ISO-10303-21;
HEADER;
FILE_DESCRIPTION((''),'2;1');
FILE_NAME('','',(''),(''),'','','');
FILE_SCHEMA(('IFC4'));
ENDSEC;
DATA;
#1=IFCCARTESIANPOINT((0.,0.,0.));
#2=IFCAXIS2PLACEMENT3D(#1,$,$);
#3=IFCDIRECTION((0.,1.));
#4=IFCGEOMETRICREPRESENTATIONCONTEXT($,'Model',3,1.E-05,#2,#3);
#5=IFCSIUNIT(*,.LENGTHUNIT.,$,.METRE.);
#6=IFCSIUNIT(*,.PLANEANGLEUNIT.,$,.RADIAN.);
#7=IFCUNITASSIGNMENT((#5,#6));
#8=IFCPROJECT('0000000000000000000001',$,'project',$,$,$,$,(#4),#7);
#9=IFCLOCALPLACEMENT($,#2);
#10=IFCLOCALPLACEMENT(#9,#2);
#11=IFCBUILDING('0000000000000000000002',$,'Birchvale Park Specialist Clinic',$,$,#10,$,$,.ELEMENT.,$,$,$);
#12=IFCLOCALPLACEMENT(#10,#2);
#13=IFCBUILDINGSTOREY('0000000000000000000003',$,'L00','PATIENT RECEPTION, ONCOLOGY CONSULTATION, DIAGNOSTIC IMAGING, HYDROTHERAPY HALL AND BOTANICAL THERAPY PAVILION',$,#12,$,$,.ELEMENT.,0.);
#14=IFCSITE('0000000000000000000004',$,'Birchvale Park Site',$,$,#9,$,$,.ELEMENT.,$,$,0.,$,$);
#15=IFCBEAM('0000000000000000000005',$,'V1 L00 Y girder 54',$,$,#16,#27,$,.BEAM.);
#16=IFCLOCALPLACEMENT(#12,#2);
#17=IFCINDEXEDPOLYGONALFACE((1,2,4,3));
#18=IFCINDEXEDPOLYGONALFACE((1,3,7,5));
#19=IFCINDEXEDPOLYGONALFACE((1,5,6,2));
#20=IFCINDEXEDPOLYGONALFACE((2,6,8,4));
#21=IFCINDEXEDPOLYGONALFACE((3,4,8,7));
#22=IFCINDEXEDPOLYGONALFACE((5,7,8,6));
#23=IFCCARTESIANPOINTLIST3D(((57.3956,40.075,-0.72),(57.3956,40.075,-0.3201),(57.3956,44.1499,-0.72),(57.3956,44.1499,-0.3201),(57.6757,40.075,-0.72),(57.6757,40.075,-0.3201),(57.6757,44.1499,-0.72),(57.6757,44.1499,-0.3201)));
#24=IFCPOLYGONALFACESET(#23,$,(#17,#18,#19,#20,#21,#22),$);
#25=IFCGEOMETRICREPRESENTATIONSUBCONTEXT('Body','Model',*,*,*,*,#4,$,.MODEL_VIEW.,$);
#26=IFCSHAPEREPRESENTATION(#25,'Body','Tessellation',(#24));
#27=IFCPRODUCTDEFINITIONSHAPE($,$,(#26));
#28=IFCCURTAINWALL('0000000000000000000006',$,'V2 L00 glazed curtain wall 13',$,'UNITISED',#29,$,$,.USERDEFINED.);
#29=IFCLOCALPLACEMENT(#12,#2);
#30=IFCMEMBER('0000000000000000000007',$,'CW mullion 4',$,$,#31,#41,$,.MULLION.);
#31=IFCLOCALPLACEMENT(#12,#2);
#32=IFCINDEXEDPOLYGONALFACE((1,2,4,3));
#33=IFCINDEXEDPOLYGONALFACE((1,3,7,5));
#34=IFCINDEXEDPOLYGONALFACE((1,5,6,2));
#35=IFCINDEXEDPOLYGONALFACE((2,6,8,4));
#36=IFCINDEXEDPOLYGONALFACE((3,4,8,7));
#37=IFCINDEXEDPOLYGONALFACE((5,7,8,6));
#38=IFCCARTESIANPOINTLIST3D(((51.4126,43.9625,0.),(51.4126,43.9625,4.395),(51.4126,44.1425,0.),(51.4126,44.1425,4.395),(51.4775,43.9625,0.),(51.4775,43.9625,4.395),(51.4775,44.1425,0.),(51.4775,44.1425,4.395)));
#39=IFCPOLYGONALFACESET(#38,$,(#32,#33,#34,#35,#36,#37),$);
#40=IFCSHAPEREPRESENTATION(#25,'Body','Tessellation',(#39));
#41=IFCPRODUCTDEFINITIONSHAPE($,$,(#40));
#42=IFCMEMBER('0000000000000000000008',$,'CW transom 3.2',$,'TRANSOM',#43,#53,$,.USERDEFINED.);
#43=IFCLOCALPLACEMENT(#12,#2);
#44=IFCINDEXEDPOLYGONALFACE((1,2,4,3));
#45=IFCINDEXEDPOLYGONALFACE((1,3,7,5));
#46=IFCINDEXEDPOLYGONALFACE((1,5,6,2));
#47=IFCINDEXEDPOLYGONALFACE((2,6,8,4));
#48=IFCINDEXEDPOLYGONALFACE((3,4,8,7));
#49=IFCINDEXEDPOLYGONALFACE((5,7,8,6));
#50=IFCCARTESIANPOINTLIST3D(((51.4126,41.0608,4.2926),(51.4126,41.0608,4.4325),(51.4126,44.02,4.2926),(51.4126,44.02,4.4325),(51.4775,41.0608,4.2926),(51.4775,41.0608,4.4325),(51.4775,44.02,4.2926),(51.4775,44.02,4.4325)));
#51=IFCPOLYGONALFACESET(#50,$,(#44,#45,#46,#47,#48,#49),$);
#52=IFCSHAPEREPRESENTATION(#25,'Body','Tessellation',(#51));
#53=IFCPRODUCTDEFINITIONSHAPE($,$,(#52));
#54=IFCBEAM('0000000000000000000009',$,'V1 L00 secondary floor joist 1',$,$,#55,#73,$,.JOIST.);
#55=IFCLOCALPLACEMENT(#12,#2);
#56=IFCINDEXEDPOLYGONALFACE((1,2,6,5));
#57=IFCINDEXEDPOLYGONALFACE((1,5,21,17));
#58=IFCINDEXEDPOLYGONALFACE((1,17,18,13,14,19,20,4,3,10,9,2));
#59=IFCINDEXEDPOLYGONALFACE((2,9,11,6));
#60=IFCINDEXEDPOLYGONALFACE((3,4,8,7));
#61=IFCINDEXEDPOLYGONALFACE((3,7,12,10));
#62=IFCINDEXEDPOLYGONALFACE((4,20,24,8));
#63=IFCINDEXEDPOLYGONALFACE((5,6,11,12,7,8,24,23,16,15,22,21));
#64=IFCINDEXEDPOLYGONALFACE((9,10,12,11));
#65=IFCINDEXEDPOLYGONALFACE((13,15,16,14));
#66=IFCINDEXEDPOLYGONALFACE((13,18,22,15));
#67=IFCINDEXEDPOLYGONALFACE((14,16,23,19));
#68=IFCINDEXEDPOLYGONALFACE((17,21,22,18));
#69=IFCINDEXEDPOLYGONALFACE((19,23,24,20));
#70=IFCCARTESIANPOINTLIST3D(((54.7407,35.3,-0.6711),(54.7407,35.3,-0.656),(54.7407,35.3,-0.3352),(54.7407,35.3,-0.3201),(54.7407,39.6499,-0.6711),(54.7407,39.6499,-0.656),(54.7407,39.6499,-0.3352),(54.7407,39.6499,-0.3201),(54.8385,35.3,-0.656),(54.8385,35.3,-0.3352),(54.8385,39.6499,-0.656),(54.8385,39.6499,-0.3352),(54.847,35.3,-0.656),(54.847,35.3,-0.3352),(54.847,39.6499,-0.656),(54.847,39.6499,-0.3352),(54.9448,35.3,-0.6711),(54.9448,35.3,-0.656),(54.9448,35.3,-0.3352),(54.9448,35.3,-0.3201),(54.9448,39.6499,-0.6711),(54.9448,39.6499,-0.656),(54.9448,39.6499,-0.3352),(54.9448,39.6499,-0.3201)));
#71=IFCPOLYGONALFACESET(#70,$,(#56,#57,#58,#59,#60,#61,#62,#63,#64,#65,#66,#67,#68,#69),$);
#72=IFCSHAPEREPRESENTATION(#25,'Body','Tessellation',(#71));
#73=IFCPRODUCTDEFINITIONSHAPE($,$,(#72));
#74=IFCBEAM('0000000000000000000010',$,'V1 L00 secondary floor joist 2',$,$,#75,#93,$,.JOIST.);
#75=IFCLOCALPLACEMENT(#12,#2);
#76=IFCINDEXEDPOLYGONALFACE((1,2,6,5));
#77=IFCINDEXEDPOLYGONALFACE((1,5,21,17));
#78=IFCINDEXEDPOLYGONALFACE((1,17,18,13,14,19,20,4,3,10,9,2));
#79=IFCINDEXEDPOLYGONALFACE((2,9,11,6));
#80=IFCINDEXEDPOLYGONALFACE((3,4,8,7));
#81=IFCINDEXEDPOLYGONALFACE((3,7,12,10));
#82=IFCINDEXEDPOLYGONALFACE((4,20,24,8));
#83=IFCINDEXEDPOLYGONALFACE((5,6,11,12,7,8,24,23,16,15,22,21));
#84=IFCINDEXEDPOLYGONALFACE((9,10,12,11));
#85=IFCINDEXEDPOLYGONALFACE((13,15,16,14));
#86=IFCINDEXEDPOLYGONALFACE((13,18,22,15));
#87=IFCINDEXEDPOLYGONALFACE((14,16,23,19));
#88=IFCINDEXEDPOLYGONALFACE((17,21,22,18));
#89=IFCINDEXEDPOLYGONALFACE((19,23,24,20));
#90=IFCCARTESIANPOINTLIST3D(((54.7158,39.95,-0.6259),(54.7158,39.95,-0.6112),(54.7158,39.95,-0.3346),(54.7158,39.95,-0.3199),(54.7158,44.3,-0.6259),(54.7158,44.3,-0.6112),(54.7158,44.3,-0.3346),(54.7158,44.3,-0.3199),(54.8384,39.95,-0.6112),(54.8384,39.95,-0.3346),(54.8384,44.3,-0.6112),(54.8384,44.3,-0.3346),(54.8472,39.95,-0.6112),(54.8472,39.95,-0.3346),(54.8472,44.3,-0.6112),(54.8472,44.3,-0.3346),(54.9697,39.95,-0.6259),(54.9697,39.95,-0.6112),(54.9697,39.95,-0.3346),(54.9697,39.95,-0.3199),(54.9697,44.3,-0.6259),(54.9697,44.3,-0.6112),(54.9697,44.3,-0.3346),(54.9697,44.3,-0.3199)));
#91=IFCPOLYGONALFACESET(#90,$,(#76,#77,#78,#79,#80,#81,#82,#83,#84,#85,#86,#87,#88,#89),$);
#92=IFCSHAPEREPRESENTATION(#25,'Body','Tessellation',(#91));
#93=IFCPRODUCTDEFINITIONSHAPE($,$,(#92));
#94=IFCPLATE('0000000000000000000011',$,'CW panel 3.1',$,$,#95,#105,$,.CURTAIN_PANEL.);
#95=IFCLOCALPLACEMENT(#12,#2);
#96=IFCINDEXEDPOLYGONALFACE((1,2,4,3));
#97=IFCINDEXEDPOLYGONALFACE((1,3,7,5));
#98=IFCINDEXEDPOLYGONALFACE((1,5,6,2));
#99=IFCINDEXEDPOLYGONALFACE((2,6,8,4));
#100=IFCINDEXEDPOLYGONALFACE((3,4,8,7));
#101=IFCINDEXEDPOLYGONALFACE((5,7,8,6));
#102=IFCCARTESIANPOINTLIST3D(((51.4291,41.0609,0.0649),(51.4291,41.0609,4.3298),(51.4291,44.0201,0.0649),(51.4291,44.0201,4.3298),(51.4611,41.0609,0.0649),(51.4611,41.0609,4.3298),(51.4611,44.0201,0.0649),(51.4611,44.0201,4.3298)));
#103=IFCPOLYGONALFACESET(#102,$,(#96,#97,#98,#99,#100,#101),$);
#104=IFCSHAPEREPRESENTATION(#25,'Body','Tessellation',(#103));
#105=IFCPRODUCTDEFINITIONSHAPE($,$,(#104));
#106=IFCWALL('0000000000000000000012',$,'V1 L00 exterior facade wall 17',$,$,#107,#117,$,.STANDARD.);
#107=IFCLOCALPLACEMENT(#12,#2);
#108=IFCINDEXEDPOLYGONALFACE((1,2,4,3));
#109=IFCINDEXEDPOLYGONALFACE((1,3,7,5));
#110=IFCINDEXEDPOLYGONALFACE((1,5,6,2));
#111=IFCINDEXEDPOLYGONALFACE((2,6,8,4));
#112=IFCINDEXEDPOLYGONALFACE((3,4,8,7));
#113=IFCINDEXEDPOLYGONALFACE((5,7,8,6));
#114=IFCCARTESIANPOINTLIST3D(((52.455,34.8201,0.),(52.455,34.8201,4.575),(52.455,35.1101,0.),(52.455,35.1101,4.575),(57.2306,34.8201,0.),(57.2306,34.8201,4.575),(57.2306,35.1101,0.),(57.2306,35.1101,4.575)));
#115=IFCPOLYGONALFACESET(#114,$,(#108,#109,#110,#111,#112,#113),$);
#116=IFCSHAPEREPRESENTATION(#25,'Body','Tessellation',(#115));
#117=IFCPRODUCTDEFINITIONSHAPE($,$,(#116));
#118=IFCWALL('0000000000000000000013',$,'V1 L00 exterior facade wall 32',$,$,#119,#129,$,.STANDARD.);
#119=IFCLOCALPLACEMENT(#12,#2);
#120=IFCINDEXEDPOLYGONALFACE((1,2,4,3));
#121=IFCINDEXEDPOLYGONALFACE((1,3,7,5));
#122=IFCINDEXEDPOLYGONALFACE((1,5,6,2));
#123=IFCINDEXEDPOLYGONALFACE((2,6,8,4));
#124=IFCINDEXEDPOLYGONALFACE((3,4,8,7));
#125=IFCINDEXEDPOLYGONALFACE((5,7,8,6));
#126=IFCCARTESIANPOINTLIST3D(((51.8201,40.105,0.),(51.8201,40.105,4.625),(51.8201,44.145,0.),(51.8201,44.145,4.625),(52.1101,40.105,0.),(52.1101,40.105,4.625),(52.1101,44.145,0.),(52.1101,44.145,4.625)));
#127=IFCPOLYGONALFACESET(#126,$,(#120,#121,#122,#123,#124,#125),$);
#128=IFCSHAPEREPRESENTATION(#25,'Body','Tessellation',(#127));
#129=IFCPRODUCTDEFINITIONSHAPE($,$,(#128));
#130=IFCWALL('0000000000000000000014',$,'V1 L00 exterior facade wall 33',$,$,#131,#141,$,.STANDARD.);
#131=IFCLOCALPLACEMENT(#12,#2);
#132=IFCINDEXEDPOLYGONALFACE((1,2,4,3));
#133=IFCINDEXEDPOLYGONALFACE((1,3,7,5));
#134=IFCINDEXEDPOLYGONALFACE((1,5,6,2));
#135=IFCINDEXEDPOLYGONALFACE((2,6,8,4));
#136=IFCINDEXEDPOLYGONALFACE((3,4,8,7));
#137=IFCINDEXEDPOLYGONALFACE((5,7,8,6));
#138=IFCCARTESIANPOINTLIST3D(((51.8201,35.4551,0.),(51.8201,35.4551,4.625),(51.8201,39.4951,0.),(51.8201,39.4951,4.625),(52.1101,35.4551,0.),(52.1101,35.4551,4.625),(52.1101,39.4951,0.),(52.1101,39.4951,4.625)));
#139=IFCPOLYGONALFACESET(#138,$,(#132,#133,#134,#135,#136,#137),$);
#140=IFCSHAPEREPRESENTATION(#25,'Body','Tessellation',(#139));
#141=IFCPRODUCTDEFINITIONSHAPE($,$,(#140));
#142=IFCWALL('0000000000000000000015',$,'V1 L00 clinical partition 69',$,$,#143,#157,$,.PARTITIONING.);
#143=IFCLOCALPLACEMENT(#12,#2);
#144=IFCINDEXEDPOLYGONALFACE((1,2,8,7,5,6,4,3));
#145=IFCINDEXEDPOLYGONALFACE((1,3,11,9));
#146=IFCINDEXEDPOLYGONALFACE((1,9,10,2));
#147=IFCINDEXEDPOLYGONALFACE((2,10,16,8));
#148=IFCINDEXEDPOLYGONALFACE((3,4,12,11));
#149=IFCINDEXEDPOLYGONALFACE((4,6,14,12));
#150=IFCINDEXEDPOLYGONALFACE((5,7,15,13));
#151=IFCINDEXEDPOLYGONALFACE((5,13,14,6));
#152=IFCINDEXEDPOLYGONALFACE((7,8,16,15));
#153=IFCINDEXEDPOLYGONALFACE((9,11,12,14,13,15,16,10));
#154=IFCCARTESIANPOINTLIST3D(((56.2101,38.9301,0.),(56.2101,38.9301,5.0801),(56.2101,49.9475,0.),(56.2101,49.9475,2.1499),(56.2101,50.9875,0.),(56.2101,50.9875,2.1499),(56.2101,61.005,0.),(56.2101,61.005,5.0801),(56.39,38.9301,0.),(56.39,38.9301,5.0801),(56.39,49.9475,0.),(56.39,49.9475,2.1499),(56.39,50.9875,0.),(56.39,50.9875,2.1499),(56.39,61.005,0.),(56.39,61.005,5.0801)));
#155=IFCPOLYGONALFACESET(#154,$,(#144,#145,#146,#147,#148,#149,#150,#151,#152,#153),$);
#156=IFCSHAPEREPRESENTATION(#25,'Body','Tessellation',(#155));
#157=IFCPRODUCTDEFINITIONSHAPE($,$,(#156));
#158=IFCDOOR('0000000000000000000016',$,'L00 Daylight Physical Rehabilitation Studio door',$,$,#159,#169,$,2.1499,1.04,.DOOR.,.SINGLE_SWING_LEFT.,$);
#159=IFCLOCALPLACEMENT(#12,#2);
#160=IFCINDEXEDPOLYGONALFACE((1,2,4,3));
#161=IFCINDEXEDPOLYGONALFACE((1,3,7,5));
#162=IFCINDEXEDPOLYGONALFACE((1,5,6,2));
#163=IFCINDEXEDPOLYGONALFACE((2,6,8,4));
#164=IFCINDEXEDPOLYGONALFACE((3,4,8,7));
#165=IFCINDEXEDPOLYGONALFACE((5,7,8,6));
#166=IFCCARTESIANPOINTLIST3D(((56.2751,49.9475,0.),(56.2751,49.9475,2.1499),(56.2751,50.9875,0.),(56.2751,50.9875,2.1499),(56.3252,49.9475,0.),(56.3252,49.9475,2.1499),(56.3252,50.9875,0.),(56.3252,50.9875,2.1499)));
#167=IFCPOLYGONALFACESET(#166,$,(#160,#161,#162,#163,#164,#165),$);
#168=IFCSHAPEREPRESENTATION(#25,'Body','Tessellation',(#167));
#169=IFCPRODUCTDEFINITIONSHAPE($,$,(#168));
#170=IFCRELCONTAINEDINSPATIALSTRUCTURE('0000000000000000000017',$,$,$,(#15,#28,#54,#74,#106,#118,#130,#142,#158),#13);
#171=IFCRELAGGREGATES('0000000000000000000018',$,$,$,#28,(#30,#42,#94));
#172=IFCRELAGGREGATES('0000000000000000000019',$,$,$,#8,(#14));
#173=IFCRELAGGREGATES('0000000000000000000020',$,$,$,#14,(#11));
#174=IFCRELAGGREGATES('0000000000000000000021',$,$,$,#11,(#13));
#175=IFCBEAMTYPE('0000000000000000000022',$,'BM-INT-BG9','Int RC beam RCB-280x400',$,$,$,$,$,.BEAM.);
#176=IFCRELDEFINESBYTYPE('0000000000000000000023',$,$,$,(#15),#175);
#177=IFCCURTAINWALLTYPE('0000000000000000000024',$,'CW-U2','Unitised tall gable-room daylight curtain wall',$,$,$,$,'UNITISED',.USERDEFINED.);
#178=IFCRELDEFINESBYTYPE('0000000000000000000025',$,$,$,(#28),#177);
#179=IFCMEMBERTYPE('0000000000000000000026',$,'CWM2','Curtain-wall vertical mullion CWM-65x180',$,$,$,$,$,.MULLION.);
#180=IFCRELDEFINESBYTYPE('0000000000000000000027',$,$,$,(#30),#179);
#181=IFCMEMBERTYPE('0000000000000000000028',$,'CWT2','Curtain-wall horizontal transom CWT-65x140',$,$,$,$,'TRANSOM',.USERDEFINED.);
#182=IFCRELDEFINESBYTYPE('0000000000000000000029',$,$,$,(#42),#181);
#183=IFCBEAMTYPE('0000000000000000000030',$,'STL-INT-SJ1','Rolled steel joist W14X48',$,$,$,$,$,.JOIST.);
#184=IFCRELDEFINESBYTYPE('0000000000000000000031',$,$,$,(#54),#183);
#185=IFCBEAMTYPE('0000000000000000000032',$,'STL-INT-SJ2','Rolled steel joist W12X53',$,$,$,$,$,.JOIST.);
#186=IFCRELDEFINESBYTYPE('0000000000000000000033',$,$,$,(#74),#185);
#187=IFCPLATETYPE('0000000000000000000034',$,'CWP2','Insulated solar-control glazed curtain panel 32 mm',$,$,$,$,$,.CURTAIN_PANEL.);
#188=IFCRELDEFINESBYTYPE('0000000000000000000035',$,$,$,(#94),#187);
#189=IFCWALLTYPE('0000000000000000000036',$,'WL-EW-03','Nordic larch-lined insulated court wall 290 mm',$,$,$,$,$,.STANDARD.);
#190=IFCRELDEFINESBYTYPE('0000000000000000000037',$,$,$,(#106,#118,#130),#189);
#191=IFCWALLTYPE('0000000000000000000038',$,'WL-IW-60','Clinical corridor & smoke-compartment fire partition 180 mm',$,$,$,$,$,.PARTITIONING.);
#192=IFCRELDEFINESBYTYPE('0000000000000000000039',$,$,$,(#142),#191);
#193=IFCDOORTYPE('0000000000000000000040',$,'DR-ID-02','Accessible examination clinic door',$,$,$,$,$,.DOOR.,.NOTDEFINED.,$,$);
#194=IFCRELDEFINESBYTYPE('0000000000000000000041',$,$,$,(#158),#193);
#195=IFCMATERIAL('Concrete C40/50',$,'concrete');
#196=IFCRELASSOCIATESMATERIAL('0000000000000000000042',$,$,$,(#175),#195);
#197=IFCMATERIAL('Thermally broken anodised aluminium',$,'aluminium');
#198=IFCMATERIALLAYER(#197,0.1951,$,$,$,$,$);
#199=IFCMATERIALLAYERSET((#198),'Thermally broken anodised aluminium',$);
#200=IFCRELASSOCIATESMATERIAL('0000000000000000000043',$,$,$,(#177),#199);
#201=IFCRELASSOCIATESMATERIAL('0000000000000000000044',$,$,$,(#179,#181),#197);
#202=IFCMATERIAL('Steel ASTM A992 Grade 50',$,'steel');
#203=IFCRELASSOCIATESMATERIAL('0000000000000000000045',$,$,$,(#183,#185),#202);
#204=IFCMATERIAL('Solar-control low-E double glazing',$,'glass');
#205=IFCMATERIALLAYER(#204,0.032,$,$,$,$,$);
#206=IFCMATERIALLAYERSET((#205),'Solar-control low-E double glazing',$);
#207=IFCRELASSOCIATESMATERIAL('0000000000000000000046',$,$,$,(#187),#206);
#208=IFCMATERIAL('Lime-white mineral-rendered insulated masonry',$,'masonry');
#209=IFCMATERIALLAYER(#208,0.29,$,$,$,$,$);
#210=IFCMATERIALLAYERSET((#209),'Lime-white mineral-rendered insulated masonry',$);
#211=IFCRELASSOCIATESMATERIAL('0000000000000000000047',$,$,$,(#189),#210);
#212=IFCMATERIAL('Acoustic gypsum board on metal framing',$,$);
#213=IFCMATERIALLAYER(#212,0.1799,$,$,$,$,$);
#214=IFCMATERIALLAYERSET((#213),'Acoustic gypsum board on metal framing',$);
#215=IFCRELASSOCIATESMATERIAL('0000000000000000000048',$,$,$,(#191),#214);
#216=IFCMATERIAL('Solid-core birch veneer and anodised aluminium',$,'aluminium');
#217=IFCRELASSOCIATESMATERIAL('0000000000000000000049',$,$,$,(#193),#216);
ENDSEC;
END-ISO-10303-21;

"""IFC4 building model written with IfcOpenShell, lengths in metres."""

from ifc_helpers import new_model, si_unit, direction, frame, frame_2d, origin, origin_2d, place, context, subcontext, project, spatial, rectangle, i_section, extrude, material, layer, layer_set, material_profile, profile_set, type_object, element, fill, aggregate, save


model = new_model("IFC4")

# Units and contexts
model_context = context("Model", 3, precision=1e-05, world=origin(), true_north=direction((0.0, 1.0)))
body_context = subcontext(model_context, "Body", "Model", "MODEL_VIEW")
ifc_project = project(units=[si_unit("LENGTHUNIT", "METRE"), si_unit("PLANEANGLEUNIT", "RADIAN")], contexts=[model_context])

# Site, building, storey
site_placement = place(None, origin())
site = spatial("IfcSite", under=ifc_project, at=site_placement, Name="Birchvale Park Site", CompositionType="ELEMENT", RefElevation=0.0)
building_placement = place(site_placement, origin())
building = spatial("IfcBuilding", under=site, at=building_placement, Name="Birchvale Park Specialist Clinic", CompositionType="ELEMENT")
storey_placement = place(building_placement, origin())
storey = spatial("IfcBuildingStorey", under=building, at=storey_placement, Name="L00", Description="PATIENT RECEPTION, ONCOLOGY CONSULTATION, DIAGNOSTIC IMAGING, HYDROTHERAPY HALL AND BOTANICAL THERAPY PAVILION", CompositionType="ELEMENT", Elevation=0.0)

# Shared definitions
ifc_material_1 = material(Name="Concrete C40/50", Category="concrete")

# Beam
ifc_material_profile_1 = material_profile(ifc_material_1, rectangle(XDim=0.28, YDim=0.3999, at=origin_2d()), Name="RCB-280x400")
ifc_profile_set_1 = profile_set([ifc_material_profile_1], Name="Concrete C40/50")
beam_type_1 = type_object("IfcBeamType", Name="BM-INT-BG9", Description="Int RC beam RCB-280x400", PredefinedType="BEAM", material=ifc_profile_set_1)
beam_1_placement = place(storey_placement, frame((57.5356, 40.075, -0.52), z_axis=(0.0, 1.0, 0.0), x_axis=(-1.0, 0.0, 0.0)))
element("IfcBeam", 1, at=beam_1_placement, inside=storey, type_object=beam_type_1, Name="V1 L00 Y girder 54", PredefinedType="BEAM", context=body_context, shape_type="SweptSolid", body=[
    extrude(rectangle(XDim=0.28, YDim=0.3999, at=origin_2d()), origin(), (0.0, 0.0, 1.0), 4.075),
])

# Curtain wall, members
ifc_material_2 = material(Name="Thermally broken anodised aluminium", Category="aluminium")
ifc_layer_1 = layer(ifc_material_2, 0.1951)
ifc_layer_set_1 = layer_set([ifc_layer_1], Name="Thermally broken anodised aluminium")
curtain_wall_type = type_object("IfcCurtainWallType", Name="CW-U2", Description="Unitised tall gable-room daylight curtain wall", ElementType="UNITISED", PredefinedType="USERDEFINED", material=ifc_layer_set_1)
curtain_wall_placement = place(storey_placement, origin())
curtain_wall = element("IfcCurtainWall", 2, at=curtain_wall_placement, inside=storey, type_object=curtain_wall_type, Name="V2 L00 glazed curtain wall 13", ObjectType="UNITISED", PredefinedType="USERDEFINED")
ifc_material_profile_2 = material_profile(ifc_material_2, rectangle(XDim=0.0649, YDim=0.1799, at=origin_2d()), Name="CWM-65x180")
ifc_profile_set_2 = profile_set([ifc_material_profile_2], Name="Thermally broken anodised aluminium")
member_type_1 = type_object("IfcMemberType", Name="CWM2", Description="Curtain-wall vertical mullion CWM-65x180", PredefinedType="MULLION", material=ifc_profile_set_2)
member_1_placement = place(storey_placement, frame((51.4451, 44.0525, 0.0), z_axis=(0.0, 0.0, 1.0), x_axis=(-1.0, 0.0, 0.0)))
member_1 = element("IfcMember", 3, at=member_1_placement, type_object=member_type_1, Name="CW mullion 4", PredefinedType="MULLION", context=body_context, shape_type="SweptSolid", body=[
    extrude(rectangle(XDim=0.0649, YDim=0.1799, at=origin_2d()), origin(), (0.0, 0.0, 1.0), 4.395),
])
ifc_material_profile_3 = material_profile(ifc_material_2, rectangle(XDim=0.0649, YDim=0.1399, at=origin_2d()), Name="CWT-65x140")
ifc_profile_set_3 = profile_set([ifc_material_profile_3], Name="Thermally broken anodised aluminium")
member_type_2 = type_object("IfcMemberType", Name="CWT2", Description="Curtain-wall horizontal transom CWT-65x140", ElementType="TRANSOM", PredefinedType="USERDEFINED", material=ifc_profile_set_3)
member_2_placement = place(storey_placement, frame((51.4451, 41.0608, 4.3625), z_axis=(0.0, 1.0, 0.0), x_axis=(-1.0, 0.0, 0.0)))
member_2 = element("IfcMember", 4, at=member_2_placement, type_object=member_type_2, Name="CW transom 3.2", ObjectType="TRANSOM", PredefinedType="USERDEFINED", context=body_context, shape_type="SweptSolid", body=[
    extrude(rectangle(XDim=0.0649, YDim=0.1399, at=origin_2d()), origin(), (0.0, 0.0, 1.0), 2.9592),
])

# Beams
ifc_material_3 = material(Name="Steel ASTM A992 Grade 50", Category="steel")
ifc_material_profile_4 = material_profile(ifc_material_3, i_section(OverallWidth=0.2041, OverallDepth=0.3511, WebThickness=0.0085, FlangeThickness=0.0151, at=origin_2d()), Name="W14X48")
ifc_profile_set_4 = profile_set([ifc_material_profile_4], Name="Steel ASTM A992 Grade 50")
beam_type_2 = type_object("IfcBeamType", Name="STL-INT-SJ1", Description="Rolled steel joist W14X48", PredefinedType="JOIST", material=ifc_profile_set_4)
beam_2_placement = place(storey_placement, frame((54.8428, 35.3, -0.4956), z_axis=(0.0, 1.0, 0.0), x_axis=(-1.0, 0.0, 0.0)))
element("IfcBeam", 5, at=beam_2_placement, inside=storey, type_object=beam_type_2, Name="V1 L00 secondary floor joist 1", PredefinedType="JOIST", context=body_context, shape_type="SweptSolid", body=[
    extrude(i_section(OverallWidth=0.2041, OverallDepth=0.3511, WebThickness=0.0085, FlangeThickness=0.0151, at=origin_2d()), origin(), (0.0, 0.0, 1.0), 4.3499),
])
ifc_material_profile_5 = material_profile(ifc_material_3, i_section(OverallWidth=0.2539, OverallDepth=0.3059, WebThickness=0.0088, FlangeThickness=0.0146, at=origin_2d()), Name="W12X53")
ifc_profile_set_5 = profile_set([ifc_material_profile_5], Name="Steel ASTM A992 Grade 50")
beam_type_3 = type_object("IfcBeamType", Name="STL-INT-SJ2", Description="Rolled steel joist W12X53", PredefinedType="JOIST", material=ifc_profile_set_5)
beam_3_placement = place(storey_placement, frame((54.8428, 39.95, -0.4729), z_axis=(0.0, 1.0, 0.0), x_axis=(-1.0, 0.0, 0.0)))
element("IfcBeam", 6, at=beam_3_placement, inside=storey, type_object=beam_type_3, Name="V1 L00 secondary floor joist 2", PredefinedType="JOIST", context=body_context, shape_type="SweptSolid", body=[
    extrude(i_section(OverallWidth=0.2539, OverallDepth=0.3059, WebThickness=0.0088, FlangeThickness=0.0146, at=origin_2d()), origin(), (0.0, 0.0, 1.0), 4.3501),
])

# Plate
ifc_material_4 = material(Name="Solar-control low-E double glazing", Category="glass")
ifc_layer_2 = layer(ifc_material_4, 0.032)
ifc_layer_set_2 = layer_set([ifc_layer_2], Name="Solar-control low-E double glazing")
plate_type = type_object("IfcPlateType", Name="CWP2", Description="Insulated solar-control glazed curtain panel 32 mm", PredefinedType="CURTAIN_PANEL", material=ifc_layer_set_2)
plate_placement = place(storey_placement, frame((51.4451, 42.5405, 0.0649), z_axis=(0.0, 0.0, 1.0), x_axis=(0.0, 1.0, 0.0)))
plate = element("IfcPlate", 7, at=plate_placement, type_object=plate_type, Name="CW panel 3.1", PredefinedType="CURTAIN_PANEL", context=body_context, shape_type="SweptSolid", body=[
    extrude(rectangle(XDim=2.9592, YDim=0.032, at=origin_2d()), origin(), (0.0, 0.0, 1.0), 4.2649),
])
aggregate(curtain_wall, [member_1, member_2, plate])

# Walls
ifc_material_5 = material(Name="Lime-white mineral-rendered insulated masonry", Category="masonry")
ifc_layer_3 = layer(ifc_material_5, 0.29)
ifc_layer_set_3 = layer_set([ifc_layer_3], Name="Lime-white mineral-rendered insulated masonry")
wall_type_1 = type_object("IfcWallType", Name="WL-EW-03", Description="Nordic larch-lined insulated court wall 290 mm", PredefinedType="STANDARD", material=ifc_layer_set_3)
wall_1_placement = place(storey_placement, frame((52.4551, 34.9651, 0.0), z_axis=(0.0, 0.0, 1.0), x_axis=(1.0, 0.0, 0.0)))
element("IfcWall", 8, at=wall_1_placement, inside=storey, type_object=wall_type_1, Name="V1 L00 exterior facade wall 17", PredefinedType="STANDARD", context=body_context, shape_type="SweptSolid", body=[
    extrude(rectangle(XDim=4.7756, YDim=0.29, at=frame_2d((2.3877, 0.0))), origin(), (0.0, 0.0, 1.0), 4.575),
])
for number, where, z_axis, x_axis, name in (
    (9, (51.9651, 44.145, 0.0), (0.0, 0.0, 1.0), (0.0, -1.0, 0.0), "V1 L00 exterior facade wall 32"),
    (10, (51.9651, 39.4951, 0.0), (0.0, 0.0, 1.0), (0.0, -1.0, 0.0), "V1 L00 exterior facade wall 33"),
):
    element("IfcWall", number, at=place(storey_placement, frame(where, z_axis=z_axis, x_axis=x_axis)), inside=storey, type_object=wall_type_1, Name=name, PredefinedType="STANDARD", context=body_context, shape_type="SweptSolid", body=[
        extrude(rectangle(XDim=4.04, YDim=0.29, at=frame_2d((2.02, 0.0))), origin(), (0.0, 0.0, 1.0), 4.625),
    ])

# Wall, opening, door
ifc_material_6 = material(Name="Acoustic gypsum board on metal framing")
ifc_layer_4 = layer(ifc_material_6, 0.1799)
ifc_layer_set_4 = layer_set([ifc_layer_4], Name="Acoustic gypsum board on metal framing")
wall_type_2 = type_object("IfcWallType", Name="WL-IW-60", Description="Clinical corridor & smoke-compartment fire partition 180 mm", PredefinedType="PARTITIONING", material=ifc_layer_set_4)
wall_2_placement = place(storey_placement, frame((56.3, 38.9299, 0.0), z_axis=(0.0, 0.0, 1.0), x_axis=(0.0, 1.0, 0.0)))
wall_2 = element("IfcWall", 11, at=wall_2_placement, inside=storey, type_object=wall_type_2, Name="V1 L00 clinical partition 69", PredefinedType="PARTITIONING", context=body_context, shape_type="SweptSolid", body=[
    extrude(rectangle(XDim=22.075, YDim=0.1799, at=frame_2d((11.0376, 0.0))), origin(), (0.0, 0.0, 1.0), 5.0801),
])
opening_placement = place(wall_2_placement, frame((11.0176, 0.0, 0.0)))
opening = element("IfcOpeningElement", 12, at=opening_placement, cuts=wall_2, PredefinedType="OPENING", context=body_context, shape_type="SweptSolid", body=[
    extrude(rectangle(XDim=1.04, YDim=2.1499, at=frame_2d((0.52, 1.075))), frame((0.0, 0.1001, 0.0), z_axis=(0.0, -1.0, 0.0), x_axis=(1.0, 0.0, 0.0)), (0.0, 0.0, 1.0), 0.2),
])
ifc_material_7 = material(Name="Solid-core birch veneer and anodised aluminium", Category="aluminium")
door_type = type_object("IfcDoorType", Name="DR-ID-02", Description="Accessible examination clinic door", OperationType="NOTDEFINED", PredefinedType="DOOR", material=ifc_material_7)
door_placement = place(opening_placement, origin())
door = element("IfcDoor", 13, at=door_placement, inside=storey, type_object=door_type, Name="L00 Daylight Physical Rehabilitation Studio door", OperationType="SINGLE_SWING_LEFT", OverallHeight=2.1499, OverallWidth=1.04, PredefinedType="DOOR", context=body_context, shape_type="SweptSolid", body=[
    extrude(rectangle(XDim=1.04, YDim=2.1499, at=frame_2d((0.52, 1.075))), frame((0.0, 0.0249, 0.0), z_axis=(0.0, -1.0, 0.0), x_axis=(1.0, 0.0, 0.0)), (0.0, 0.0, 1.0), 0.05),
])
fill(opening, door)

save(model, "model.ifc")
